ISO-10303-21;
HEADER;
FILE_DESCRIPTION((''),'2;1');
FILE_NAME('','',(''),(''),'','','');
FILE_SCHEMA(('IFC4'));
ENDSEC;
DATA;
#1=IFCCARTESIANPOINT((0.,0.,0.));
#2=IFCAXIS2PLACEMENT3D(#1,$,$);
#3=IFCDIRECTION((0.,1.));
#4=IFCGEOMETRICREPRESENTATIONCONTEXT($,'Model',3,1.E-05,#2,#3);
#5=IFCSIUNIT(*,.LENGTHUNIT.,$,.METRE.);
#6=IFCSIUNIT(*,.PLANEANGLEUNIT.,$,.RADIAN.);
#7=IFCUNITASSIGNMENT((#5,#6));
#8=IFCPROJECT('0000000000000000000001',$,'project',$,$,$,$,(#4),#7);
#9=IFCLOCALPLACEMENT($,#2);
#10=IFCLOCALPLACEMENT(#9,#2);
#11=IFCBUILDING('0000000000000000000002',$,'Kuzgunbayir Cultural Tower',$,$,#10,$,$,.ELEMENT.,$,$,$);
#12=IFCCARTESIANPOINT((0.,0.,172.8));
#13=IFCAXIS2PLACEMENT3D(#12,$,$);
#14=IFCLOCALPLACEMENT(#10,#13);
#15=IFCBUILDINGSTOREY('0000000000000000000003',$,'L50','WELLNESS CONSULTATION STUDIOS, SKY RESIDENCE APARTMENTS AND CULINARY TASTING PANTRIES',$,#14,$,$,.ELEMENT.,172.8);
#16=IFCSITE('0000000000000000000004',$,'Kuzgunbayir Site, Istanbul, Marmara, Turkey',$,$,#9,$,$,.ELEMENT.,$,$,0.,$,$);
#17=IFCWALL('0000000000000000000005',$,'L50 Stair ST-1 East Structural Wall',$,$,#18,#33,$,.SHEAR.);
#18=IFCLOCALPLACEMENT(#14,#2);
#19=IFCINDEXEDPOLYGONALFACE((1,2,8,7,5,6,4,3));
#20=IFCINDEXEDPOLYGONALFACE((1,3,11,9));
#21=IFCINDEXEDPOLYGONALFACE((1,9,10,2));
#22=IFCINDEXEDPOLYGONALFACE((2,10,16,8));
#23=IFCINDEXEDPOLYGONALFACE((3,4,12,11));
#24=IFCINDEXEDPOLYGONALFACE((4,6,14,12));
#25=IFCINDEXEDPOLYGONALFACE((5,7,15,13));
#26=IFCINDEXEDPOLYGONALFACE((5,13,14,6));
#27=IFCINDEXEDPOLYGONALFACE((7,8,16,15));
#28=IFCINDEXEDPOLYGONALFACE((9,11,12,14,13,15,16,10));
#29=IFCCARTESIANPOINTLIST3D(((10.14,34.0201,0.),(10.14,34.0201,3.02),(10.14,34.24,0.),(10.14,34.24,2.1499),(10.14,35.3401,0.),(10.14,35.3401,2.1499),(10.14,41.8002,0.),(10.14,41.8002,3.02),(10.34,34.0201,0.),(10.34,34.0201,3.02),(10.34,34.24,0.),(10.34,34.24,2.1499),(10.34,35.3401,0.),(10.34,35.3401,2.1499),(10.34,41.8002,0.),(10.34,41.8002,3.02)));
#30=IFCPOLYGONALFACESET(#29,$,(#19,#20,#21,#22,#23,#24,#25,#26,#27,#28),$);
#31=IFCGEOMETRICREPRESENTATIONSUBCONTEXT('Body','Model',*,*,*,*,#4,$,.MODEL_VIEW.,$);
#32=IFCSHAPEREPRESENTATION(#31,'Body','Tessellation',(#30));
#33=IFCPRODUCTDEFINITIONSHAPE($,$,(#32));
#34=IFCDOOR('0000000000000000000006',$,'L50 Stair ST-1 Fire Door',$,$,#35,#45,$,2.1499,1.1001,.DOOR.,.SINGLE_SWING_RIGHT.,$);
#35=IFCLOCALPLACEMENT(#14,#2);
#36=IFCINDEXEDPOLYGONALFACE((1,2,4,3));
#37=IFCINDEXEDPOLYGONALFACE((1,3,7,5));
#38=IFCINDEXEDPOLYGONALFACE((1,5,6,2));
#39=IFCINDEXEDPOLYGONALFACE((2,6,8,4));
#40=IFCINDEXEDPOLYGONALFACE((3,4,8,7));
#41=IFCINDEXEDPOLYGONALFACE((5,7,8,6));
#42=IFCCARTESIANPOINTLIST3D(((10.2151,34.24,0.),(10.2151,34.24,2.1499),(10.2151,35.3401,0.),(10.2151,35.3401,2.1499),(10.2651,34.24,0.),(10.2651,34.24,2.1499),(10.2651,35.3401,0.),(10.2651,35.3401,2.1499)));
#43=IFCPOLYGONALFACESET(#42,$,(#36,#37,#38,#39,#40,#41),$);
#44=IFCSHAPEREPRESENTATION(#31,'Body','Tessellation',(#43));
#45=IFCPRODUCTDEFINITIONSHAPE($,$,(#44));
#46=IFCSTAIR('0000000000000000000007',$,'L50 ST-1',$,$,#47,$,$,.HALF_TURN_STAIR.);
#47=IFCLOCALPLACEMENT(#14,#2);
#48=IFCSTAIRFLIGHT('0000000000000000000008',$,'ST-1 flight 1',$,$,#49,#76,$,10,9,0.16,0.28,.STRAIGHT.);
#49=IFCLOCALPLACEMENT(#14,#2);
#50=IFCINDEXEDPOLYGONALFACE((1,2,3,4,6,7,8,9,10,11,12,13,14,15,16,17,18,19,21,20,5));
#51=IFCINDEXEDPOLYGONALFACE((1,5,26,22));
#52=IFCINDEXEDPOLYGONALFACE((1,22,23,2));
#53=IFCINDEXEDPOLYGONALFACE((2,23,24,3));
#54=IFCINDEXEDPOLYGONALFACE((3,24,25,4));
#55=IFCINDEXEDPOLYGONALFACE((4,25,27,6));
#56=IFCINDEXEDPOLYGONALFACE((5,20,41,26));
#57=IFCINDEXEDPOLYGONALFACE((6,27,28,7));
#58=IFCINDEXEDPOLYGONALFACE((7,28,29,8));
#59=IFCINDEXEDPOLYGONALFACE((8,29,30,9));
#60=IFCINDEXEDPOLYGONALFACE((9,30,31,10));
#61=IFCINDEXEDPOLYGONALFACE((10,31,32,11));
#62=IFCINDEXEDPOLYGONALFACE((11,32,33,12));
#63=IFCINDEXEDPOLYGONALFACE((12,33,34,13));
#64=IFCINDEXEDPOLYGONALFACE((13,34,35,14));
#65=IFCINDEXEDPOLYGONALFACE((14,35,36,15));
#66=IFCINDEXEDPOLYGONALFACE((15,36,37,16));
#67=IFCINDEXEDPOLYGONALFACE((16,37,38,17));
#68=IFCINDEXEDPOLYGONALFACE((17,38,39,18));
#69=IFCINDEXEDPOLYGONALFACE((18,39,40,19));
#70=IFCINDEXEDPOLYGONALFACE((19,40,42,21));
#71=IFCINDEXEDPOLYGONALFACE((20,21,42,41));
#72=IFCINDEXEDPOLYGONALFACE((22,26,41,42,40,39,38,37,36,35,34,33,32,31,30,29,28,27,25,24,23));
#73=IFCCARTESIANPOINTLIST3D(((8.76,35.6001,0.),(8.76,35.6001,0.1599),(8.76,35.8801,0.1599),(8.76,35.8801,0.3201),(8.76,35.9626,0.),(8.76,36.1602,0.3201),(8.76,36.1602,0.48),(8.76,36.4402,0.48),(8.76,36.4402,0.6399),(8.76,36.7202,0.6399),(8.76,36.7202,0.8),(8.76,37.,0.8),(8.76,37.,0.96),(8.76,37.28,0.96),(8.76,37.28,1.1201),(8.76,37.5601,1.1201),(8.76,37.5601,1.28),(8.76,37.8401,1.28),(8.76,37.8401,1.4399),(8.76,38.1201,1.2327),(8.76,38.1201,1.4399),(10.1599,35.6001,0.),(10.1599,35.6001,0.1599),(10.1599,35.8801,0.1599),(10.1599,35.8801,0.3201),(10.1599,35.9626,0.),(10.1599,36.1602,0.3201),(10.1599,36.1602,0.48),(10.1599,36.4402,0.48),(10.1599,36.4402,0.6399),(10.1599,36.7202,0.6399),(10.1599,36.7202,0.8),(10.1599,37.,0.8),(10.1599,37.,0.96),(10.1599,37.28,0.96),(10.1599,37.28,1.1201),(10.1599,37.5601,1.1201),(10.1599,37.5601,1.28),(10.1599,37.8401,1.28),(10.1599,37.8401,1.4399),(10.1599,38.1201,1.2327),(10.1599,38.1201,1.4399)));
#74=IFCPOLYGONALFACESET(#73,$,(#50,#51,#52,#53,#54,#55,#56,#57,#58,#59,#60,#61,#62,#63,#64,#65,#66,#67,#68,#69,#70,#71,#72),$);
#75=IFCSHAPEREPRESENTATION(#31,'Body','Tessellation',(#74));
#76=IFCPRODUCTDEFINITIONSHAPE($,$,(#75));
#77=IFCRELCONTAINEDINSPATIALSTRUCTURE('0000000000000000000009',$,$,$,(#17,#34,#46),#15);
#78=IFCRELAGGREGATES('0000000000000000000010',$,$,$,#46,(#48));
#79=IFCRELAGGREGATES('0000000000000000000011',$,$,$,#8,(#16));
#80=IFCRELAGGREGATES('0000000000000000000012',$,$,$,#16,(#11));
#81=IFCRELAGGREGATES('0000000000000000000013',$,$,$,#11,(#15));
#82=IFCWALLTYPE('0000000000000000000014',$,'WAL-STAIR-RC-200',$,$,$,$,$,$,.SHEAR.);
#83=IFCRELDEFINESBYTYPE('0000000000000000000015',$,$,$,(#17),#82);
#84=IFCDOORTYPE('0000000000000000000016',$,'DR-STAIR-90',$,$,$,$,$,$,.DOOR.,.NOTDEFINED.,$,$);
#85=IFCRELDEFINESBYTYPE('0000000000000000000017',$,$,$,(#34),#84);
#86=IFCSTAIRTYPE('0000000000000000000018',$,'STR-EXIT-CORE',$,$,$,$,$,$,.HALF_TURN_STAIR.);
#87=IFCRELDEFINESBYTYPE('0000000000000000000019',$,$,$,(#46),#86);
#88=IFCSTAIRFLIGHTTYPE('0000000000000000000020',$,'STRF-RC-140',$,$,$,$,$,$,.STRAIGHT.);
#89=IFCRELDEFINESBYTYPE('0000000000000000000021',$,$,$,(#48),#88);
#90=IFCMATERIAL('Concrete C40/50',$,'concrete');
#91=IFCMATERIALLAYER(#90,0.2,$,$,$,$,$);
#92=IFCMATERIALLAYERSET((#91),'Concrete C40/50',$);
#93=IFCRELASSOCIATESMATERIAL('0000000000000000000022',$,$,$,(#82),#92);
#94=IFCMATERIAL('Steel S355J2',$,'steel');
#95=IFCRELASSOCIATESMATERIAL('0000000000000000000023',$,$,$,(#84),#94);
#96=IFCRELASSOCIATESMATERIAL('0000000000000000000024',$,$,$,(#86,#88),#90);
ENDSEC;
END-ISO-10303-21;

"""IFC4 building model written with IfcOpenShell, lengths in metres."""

from ifc_helpers import new_model, si_unit, direction, frame, frame_2d, origin, place, context, subcontext, project, spatial, polyline, rectangle, outline, extrude, material, layer, layer_set, type_object, element, fill, aggregate, save


model = new_model("IFC4")

# Units and contexts
model_context = context("Model", 3, precision=1e-05, world=origin(), true_north=direction((0.0, 1.0)))
body_context = subcontext(model_context, "Body", "Model", "MODEL_VIEW")
ifc_project = project(units=[si_unit("LENGTHUNIT", "METRE"), si_unit("PLANEANGLEUNIT", "RADIAN")], contexts=[model_context])

# Site, building, storey
site_placement = place(None, origin())
site = spatial("IfcSite", under=ifc_project, at=site_placement, Name="Kuzgunbayir Site, Istanbul, Marmara, Turkey", CompositionType="ELEMENT", RefElevation=0.0)
building_placement = place(site_placement, origin())
building = spatial("IfcBuilding", under=site, at=building_placement, Name="Kuzgunbayir Cultural Tower", CompositionType="ELEMENT")
storey_placement = place(building_placement, frame((0.0, 0.0, 172.8)))
storey = spatial("IfcBuildingStorey", under=building, at=storey_placement, Name="L50", Description="WELLNESS CONSULTATION STUDIOS, SKY RESIDENCE APARTMENTS AND CULINARY TASTING PANTRIES", CompositionType="ELEMENT", Elevation=172.8)

# Shared definitions
ifc_material_1 = material(Name="Steel S355J2", Category="steel")

# Shared definitions
ifc_material_2 = material(Name="Concrete C40/50", Category="concrete")

# Wall, opening, door
ifc_layer_1 = layer(ifc_material_2, 0.2)
ifc_layer_set_1 = layer_set([ifc_layer_1], Name="Concrete C40/50")
wall_type_1 = type_object("IfcWallType", Name="WAL-STAIR-RC-200", PredefinedType="SHEAR", material=ifc_layer_set_1)
wall_1_placement = place(storey_placement, frame((10.24, 34.02, 0.0), z_axis=(0.0, 0.0, 1.0), x_axis=(0.0, 1.0, 0.0)))
wall_1 = element("IfcWall", 1, at=wall_1_placement, inside=storey, type_object=wall_type_1, Name="L50 Stair ST-1 East Structural Wall", PredefinedType="SHEAR", context=body_context, shape_type="SweptSolid", body=[
    extrude(rectangle(XDim=7.78, YDim=0.2, at=frame_2d((3.8901, 0.0))), origin(), (0.0, 0.0, 1.0), 3.02),
])
opening_1_placement = place(wall_1_placement, frame((0.22, 0.0, 0.0)))
opening_1 = element("IfcOpeningElement", 2, at=opening_1_placement, cuts=wall_1, PredefinedType="OPENING", context=body_context, shape_type="SweptSolid", body=[
    extrude(rectangle(XDim=1.1001, YDim=2.1499, at=frame_2d((0.55, 1.075))), frame((0.0, 0.1099, 0.0), z_axis=(0.0, -1.0, 0.0), x_axis=(1.0, 0.0, 0.0)), (0.0, 0.0, 1.0), 0.22),
])
door_type_1 = type_object("IfcDoorType", Name="DR-STAIR-90", OperationType="NOTDEFINED", PredefinedType="DOOR", material=ifc_material_1)
door_1_placement = place(opening_1_placement, origin())
door_1 = element("IfcDoor", 3, at=door_1_placement, inside=storey, type_object=door_type_1, Name="L50 Stair ST-1 Fire Door", OperationType="SINGLE_SWING_RIGHT", OverallHeight=2.1499, OverallWidth=1.1001, PredefinedType="DOOR", context=body_context, shape_type="SweptSolid", body=[
    extrude(rectangle(XDim=1.1001, YDim=2.1499, at=frame_2d((0.55, 1.075))), frame((0.0, 0.0249, 0.0), z_axis=(0.0, -1.0, 0.0), x_axis=(1.0, 0.0, 0.0)), (0.0, 0.0, 1.0), 0.05),
])
fill(opening_1, door_1)

# Stair, stair flight
stair_type = type_object("IfcStairType", Name="STR-EXIT-CORE", PredefinedType="HALF_TURN_STAIR", material=ifc_material_2)
stair_placement = place(storey_placement, origin())
stair = element("IfcStair", 4, at=stair_placement, inside=storey, type_object=stair_type, Name="L50 ST-1", PredefinedType="HALF_TURN_STAIR")
stair_flight_type = type_object("IfcStairFlightType", Name="STRF-RC-140", PredefinedType="STRAIGHT", material=ifc_material_2)
stair_flight_placement = place(storey_placement, frame((9.46, 35.6001, 0.0), z_axis=(0.0, 0.0, 1.0), x_axis=(0.0, 1.0, 0.0)))
stair_flight = element("IfcStairFlight", 5, at=stair_flight_placement, type_object=stair_flight_type, Name="ST-1 flight 1", NumberOfRisers=10, NumberOfTreads=9, PredefinedType="STRAIGHT", RiserHeight=0.16, TreadLength=0.28, context=body_context, shape_type="SweptSolid", body=[
    extrude(outline(polyline([(0.0, 0.0), (0.0, 0.1599), (0.28, 0.1599), (0.28, 0.3201), (0.5601, 0.3201), (0.5601, 0.48), (0.8401, 0.48), (0.8401, 0.6399), (1.1201, 0.6399), (1.1201, 0.8), (1.3999, 0.8), (1.3999, 0.96), (1.6799, 0.96), (1.6799, 1.1201), (1.96, 1.1201), (1.96, 1.28), (2.24, 1.28), (2.24, 1.4399), (2.52, 1.4399), (2.52, 1.6001), (2.52, 1.2327), (0.3625, 0.0), (0.0, 0.0)])), frame((0.0, 0.7, 0.0), z_axis=(0.0, -1.0, 0.0), x_axis=(1.0, 0.0, 0.0)), (0.0, 0.0, 1.0), 1.3999),
])
aggregate(stair, [stair_flight])

save(model, "model.ifc")
